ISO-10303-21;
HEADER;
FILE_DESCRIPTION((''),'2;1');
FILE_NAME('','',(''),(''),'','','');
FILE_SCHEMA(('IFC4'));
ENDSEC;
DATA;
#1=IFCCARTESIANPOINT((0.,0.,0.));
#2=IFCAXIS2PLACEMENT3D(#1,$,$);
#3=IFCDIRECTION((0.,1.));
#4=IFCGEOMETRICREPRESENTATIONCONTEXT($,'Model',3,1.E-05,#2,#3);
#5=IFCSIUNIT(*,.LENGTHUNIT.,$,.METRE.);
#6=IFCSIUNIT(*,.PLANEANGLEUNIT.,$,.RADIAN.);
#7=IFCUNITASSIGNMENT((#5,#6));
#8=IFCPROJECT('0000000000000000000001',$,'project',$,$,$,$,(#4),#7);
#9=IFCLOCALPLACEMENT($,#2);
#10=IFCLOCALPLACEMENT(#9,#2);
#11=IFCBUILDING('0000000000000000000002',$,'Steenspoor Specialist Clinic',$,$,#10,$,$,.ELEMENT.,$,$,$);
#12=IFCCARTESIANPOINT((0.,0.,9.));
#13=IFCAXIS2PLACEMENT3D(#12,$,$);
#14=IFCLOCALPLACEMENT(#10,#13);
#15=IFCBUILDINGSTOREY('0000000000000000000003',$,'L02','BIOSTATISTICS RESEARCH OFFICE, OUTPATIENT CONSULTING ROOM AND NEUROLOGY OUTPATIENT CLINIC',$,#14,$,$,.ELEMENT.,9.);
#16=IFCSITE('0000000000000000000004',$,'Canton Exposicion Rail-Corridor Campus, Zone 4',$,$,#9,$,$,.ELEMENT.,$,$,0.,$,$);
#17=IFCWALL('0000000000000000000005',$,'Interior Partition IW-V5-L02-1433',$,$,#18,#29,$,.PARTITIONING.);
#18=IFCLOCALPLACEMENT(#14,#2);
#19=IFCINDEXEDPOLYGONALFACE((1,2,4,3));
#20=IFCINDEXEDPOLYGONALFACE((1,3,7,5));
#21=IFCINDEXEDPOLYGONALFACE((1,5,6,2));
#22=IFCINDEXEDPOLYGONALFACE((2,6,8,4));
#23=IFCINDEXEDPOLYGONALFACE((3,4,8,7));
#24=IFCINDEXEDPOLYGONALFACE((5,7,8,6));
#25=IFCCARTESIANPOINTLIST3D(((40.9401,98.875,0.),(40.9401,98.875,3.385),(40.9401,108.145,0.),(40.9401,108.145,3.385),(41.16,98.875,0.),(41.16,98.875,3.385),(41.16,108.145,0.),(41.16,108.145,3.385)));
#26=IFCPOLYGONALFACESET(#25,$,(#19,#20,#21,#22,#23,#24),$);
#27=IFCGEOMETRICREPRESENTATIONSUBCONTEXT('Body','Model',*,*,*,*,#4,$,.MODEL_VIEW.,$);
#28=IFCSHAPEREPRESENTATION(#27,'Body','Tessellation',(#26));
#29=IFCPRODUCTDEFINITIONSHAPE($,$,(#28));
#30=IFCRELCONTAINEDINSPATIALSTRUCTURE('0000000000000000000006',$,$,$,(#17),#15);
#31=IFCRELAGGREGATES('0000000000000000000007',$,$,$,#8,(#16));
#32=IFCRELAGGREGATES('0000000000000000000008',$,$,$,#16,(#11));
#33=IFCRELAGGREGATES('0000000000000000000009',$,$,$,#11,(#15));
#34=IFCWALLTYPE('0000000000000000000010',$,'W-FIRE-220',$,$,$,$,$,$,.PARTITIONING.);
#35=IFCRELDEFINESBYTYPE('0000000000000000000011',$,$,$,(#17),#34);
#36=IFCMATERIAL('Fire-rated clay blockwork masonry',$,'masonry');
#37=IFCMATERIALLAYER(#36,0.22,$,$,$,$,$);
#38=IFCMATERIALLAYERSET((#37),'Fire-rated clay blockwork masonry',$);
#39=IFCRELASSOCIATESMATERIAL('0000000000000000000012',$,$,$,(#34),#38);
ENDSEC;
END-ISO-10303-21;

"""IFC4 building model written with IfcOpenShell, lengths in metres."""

from ifc_helpers import new_model, si_unit, direction, frame, frame_2d, origin, place, context, subcontext, project, spatial, rectangle, extrude, material, layer, layer_set, type_object, element, save


model = new_model("IFC4")

# Units and contexts
model_context = context("Model", 3, precision=1e-05, world=origin(), true_north=direction((0.0, 1.0)))
body_context = subcontext(model_context, "Body", "Model", "MODEL_VIEW")
ifc_project = project(units=[si_unit("LENGTHUNIT", "METRE"), si_unit("PLANEANGLEUNIT", "RADIAN")], contexts=[model_context])

# Site, building, storey
site_placement = place(None, origin())
site = spatial("IfcSite", under=ifc_project, at=site_placement, Name="Canton Exposicion Rail-Corridor Campus, Zone 4", CompositionType="ELEMENT", RefElevation=0.0)
building_placement = place(site_placement, origin())
building = spatial("IfcBuilding", under=site, at=building_placement, Name="Steenspoor Specialist Clinic", CompositionType="ELEMENT")
storey_placement = place(building_placement, frame((0.0, 0.0, 9.0)))
storey = spatial("IfcBuildingStorey", under=building, at=storey_placement, Name="L02", Description="BIOSTATISTICS RESEARCH OFFICE, OUTPATIENT CONSULTING ROOM AND NEUROLOGY OUTPATIENT CLINIC", CompositionType="ELEMENT", Elevation=9.0)

# Shared definitions
ifc_material_1 = material(Name="Fire-rated clay blockwork masonry", Category="masonry")
ifc_layer_1 = layer(ifc_material_1, 0.22)
ifc_layer_set_1 = layer_set([ifc_layer_1], Name="Fire-rated clay blockwork masonry")
wall_type_1 = type_object("IfcWallType", Name="W-FIRE-220", PredefinedType="PARTITIONING", material=ifc_layer_set_1)

# Wall
wall_1_placement = place(storey_placement, frame((41.05, 98.875, 0.0), z_axis=(0.0, 0.0, 1.0), x_axis=(0.0, 1.0, 0.0)))
element("IfcWall", 1, at=wall_1_placement, inside=storey, type_object=wall_type_1, Name="Interior Partition IW-V5-L02-1433", PredefinedType="PARTITIONING", context=body_context, shape_type="SweptSolid", body=[
    extrude(rectangle(XDim=9.27, YDim=0.22, at=frame_2d((4.635, 0.0))), origin(), (0.0, 0.0, 1.0), 3.385),
])

save(model, "model.ifc")
